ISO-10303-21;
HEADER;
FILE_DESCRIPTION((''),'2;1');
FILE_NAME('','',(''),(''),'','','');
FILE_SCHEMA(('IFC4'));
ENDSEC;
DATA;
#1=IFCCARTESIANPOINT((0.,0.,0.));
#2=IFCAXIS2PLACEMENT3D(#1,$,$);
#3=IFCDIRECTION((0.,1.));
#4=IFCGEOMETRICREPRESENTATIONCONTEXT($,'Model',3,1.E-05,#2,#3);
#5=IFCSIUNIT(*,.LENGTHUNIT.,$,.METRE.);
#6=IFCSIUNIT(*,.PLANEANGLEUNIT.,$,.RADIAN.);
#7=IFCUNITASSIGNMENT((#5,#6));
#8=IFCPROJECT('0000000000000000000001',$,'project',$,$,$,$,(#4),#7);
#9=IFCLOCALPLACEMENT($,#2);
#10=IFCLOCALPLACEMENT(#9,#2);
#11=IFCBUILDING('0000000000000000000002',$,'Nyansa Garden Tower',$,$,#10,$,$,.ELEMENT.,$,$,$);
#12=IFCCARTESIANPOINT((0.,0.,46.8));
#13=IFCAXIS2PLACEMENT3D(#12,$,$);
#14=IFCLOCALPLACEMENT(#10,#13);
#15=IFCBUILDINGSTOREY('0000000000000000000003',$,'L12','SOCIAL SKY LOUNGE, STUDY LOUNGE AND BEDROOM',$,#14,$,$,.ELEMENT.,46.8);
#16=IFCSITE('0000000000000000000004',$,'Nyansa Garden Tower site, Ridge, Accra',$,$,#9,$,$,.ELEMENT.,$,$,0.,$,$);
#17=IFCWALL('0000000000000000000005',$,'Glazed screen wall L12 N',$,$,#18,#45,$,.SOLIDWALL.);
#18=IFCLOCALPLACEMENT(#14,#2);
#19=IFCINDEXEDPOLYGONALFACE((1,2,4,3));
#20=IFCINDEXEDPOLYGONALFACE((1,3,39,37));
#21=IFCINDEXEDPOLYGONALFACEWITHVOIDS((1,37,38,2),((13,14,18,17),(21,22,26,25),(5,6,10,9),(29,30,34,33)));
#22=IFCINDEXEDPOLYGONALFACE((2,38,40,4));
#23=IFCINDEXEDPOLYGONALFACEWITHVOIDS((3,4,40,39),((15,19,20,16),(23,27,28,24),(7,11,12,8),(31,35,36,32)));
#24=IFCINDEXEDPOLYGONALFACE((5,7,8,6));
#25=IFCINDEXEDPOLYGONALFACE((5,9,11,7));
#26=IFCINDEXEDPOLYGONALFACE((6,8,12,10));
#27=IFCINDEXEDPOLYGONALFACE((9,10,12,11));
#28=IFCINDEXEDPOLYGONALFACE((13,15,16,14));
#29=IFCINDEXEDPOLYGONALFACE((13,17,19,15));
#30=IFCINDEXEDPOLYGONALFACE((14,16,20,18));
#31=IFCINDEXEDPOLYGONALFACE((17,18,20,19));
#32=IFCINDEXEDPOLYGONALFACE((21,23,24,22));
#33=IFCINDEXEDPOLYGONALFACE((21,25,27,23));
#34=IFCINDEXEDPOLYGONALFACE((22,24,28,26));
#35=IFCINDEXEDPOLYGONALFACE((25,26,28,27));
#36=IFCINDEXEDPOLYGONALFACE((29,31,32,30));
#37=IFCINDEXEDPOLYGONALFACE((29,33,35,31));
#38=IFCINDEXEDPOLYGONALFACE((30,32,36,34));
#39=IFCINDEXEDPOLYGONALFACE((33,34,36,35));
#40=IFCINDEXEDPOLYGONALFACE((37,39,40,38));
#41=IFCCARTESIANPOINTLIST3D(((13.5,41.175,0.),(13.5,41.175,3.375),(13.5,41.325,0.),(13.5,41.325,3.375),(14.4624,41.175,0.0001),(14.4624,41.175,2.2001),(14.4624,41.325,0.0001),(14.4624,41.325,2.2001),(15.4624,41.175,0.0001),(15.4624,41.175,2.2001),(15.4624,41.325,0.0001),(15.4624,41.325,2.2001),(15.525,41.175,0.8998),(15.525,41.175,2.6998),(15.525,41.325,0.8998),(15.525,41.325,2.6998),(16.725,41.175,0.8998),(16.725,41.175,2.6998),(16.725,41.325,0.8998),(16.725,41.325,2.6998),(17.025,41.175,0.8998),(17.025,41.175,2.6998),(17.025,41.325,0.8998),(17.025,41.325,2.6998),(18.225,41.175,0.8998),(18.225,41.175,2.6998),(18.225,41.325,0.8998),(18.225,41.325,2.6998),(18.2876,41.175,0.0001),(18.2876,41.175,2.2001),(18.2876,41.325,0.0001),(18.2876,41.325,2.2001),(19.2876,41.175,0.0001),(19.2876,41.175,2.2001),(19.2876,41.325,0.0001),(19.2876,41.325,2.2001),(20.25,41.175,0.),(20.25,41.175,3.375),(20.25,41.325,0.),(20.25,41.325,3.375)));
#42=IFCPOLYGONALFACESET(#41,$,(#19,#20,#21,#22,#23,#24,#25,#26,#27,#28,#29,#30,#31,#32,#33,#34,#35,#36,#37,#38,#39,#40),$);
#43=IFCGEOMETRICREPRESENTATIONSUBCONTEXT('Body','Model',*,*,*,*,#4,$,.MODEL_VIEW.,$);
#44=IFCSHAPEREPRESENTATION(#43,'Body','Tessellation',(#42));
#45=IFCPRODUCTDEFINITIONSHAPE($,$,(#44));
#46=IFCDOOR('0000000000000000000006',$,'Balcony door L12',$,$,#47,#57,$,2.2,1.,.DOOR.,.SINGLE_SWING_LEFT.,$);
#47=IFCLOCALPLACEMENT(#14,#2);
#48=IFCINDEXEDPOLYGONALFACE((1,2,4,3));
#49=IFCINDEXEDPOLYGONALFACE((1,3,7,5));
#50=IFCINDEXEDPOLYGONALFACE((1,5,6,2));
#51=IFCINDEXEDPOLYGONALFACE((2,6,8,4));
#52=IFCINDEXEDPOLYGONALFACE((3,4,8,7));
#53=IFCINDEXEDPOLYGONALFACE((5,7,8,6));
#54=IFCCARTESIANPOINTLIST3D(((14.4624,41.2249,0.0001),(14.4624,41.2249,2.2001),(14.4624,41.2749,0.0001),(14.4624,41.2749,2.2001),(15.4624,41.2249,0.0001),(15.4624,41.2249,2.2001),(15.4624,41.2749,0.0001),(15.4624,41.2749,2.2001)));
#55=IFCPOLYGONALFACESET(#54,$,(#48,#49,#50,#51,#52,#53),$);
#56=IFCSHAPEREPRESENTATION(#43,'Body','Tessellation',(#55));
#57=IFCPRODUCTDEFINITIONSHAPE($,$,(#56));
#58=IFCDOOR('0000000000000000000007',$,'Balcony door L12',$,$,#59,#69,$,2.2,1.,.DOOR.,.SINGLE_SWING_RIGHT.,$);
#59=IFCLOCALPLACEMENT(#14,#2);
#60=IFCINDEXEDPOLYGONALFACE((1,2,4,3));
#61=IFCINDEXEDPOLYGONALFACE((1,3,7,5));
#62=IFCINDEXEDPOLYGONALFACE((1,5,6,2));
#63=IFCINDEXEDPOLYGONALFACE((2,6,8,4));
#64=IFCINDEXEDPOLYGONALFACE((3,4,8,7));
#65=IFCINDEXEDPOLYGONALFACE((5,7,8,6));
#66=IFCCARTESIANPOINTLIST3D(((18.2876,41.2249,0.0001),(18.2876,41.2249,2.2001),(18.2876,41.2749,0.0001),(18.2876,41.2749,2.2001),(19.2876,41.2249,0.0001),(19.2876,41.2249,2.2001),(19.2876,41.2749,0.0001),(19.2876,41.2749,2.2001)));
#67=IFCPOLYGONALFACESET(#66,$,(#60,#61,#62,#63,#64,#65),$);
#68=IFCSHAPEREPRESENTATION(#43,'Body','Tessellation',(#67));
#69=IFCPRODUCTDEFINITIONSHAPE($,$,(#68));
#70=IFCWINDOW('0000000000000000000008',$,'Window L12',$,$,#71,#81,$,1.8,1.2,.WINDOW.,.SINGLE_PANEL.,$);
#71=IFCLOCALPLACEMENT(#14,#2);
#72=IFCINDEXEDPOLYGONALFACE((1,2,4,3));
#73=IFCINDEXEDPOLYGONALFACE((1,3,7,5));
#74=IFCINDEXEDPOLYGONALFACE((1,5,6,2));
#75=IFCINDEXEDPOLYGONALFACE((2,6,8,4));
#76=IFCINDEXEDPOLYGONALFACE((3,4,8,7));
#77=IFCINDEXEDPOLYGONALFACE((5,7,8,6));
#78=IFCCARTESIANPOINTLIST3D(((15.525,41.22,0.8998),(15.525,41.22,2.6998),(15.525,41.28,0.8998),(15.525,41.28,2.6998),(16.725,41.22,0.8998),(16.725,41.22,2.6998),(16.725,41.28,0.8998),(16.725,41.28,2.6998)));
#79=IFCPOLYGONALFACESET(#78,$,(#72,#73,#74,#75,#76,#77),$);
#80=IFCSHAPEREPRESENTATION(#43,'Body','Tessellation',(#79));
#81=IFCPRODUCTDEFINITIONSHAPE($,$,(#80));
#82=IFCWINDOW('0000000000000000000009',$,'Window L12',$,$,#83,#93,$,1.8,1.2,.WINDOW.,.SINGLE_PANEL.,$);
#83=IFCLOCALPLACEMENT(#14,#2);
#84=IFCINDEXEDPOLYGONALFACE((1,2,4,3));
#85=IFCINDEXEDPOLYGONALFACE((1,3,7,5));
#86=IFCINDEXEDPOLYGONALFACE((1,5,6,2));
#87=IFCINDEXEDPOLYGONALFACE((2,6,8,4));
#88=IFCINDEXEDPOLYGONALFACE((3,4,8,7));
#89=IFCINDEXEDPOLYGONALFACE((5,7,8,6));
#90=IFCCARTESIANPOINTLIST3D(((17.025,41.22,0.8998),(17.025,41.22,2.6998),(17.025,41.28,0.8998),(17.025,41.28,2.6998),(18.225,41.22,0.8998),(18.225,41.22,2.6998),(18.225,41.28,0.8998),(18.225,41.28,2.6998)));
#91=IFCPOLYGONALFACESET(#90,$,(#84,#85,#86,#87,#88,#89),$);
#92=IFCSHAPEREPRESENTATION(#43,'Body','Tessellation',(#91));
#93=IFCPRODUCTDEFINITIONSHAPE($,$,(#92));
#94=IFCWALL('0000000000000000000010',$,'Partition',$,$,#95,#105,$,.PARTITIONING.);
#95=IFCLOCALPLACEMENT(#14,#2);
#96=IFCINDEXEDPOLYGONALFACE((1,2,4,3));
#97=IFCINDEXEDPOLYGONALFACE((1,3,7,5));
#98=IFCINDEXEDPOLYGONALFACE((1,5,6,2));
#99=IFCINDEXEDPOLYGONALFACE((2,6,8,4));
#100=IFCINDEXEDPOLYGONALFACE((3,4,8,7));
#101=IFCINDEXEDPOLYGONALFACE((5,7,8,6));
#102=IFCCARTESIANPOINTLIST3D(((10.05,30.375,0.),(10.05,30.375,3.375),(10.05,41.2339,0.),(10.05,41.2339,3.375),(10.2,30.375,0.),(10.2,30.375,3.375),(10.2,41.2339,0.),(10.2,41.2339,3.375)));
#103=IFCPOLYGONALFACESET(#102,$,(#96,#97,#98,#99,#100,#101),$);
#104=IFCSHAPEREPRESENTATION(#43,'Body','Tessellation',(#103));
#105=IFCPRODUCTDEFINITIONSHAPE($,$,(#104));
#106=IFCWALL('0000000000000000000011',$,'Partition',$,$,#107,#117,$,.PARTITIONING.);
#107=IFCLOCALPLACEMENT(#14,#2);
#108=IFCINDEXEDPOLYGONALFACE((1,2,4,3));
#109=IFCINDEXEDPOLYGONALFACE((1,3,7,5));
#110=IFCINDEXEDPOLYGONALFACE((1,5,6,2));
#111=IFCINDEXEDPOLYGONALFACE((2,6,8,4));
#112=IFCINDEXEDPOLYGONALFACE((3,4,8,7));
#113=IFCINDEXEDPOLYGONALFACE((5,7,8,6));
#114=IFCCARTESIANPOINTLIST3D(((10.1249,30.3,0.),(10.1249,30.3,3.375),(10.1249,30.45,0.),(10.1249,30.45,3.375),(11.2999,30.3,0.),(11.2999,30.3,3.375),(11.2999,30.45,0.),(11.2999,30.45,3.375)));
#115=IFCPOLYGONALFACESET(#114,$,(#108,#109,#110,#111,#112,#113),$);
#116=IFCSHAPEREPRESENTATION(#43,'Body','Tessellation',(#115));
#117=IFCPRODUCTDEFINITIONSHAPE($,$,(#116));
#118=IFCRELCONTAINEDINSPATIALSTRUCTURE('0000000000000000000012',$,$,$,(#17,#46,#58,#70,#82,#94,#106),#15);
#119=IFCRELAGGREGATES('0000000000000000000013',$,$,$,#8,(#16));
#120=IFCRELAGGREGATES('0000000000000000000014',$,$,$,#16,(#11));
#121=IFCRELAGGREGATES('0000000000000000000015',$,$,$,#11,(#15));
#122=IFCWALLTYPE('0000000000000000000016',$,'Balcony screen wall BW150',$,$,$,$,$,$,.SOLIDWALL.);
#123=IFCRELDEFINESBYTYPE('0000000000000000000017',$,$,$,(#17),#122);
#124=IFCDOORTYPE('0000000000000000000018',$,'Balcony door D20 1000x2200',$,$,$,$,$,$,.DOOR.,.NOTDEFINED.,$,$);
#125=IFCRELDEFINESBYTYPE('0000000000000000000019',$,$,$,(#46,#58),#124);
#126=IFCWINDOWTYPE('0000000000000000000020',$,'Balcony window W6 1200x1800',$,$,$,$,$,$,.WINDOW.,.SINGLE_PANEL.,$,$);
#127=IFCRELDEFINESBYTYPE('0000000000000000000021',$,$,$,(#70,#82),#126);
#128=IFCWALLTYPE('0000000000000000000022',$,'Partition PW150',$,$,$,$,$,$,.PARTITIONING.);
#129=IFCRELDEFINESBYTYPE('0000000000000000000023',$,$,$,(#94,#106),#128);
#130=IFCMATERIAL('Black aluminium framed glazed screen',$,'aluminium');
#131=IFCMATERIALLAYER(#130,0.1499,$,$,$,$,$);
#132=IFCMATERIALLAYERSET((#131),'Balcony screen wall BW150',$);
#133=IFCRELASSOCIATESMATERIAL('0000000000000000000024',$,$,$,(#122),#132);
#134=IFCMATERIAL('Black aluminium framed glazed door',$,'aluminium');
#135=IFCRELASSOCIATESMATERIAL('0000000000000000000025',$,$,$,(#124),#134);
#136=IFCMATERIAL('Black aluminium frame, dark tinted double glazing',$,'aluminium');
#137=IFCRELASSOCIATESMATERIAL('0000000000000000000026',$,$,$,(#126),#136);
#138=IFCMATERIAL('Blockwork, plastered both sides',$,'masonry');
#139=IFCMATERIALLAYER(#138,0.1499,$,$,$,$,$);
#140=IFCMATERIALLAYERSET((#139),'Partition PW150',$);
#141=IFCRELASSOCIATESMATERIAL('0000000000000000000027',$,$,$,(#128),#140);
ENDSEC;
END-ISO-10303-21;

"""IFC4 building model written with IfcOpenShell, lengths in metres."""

from ifc_helpers import new_model, si_unit, direction, frame, frame_2d, origin, place, context, subcontext, project, spatial, rectangle, extrude, material, layer, layer_set, type_object, element, fill, save


model = new_model("IFC4")

# Units and contexts
model_context = context("Model", 3, precision=1e-05, world=origin(), true_north=direction((0.0, 1.0)))
body_context = subcontext(model_context, "Body", "Model", "MODEL_VIEW")
ifc_project = project(units=[si_unit("LENGTHUNIT", "METRE"), si_unit("PLANEANGLEUNIT", "RADIAN")], contexts=[model_context])

# Site, building, storey
site_placement = place(None, origin())
site = spatial("IfcSite", under=ifc_project, at=site_placement, Name="Nyansa Garden Tower site, Ridge, Accra", CompositionType="ELEMENT", RefElevation=0.0)
building_placement = place(site_placement, origin())
building = spatial("IfcBuilding", under=site, at=building_placement, Name="Nyansa Garden Tower", CompositionType="ELEMENT")
storey_placement = place(building_placement, frame((0.0, 0.0, 46.8)))
storey = spatial("IfcBuildingStorey", under=building, at=storey_placement, Name="L12", Description="SOCIAL SKY LOUNGE, STUDY LOUNGE AND BEDROOM", CompositionType="ELEMENT", Elevation=46.8)

# Wall, openings, doors, windows
ifc_material_1 = material(Name="Black aluminium framed glazed screen", Category="aluminium")
ifc_layer_1 = layer(ifc_material_1, 0.1499)
ifc_layer_set_1 = layer_set([ifc_layer_1], Name="Balcony screen wall BW150")
wall_type_1 = type_object("IfcWallType", Name="Balcony screen wall BW150", PredefinedType="SOLIDWALL", material=ifc_layer_set_1)
wall_1_placement = place(storey_placement, frame((13.5, 41.25, 0.0), z_axis=(0.0, 0.0, 1.0), x_axis=(1.0, 0.0, 0.0)))
wall_1 = element("IfcWall", 1, at=wall_1_placement, inside=storey, type_object=wall_type_1, Name="Glazed screen wall L12 N", PredefinedType="SOLIDWALL", context=body_context, shape_type="SweptSolid", body=[
    extrude(rectangle(XDim=6.75, YDim=0.1499, at=frame_2d((3.375, 0.0))), origin(), (0.0, 0.0, 1.0), 3.375),
])
opening_1_placement = place(wall_1_placement, frame((0.9624, 0.0, 0.0)))
opening_1 = element("IfcOpeningElement", 2, at=opening_1_placement, cuts=wall_1, PredefinedType="OPENING", context=body_context, shape_type="SweptSolid", body=[
    extrude(rectangle(XDim=1.0, YDim=2.2, at=frame_2d((0.5, 1.1001))), frame((0.0, 0.085, 0.0), z_axis=(0.0, -1.0, 0.0), x_axis=(1.0, 0.0, 0.0)), (0.0, 0.0, 1.0), 0.1699),
])
opening_2_placement = place(wall_1_placement, frame((2.0249, 0.0, 0.8999)))
opening_2 = element("IfcOpeningElement", 3, at=opening_2_placement, cuts=wall_1, PredefinedType="OPENING", context=body_context, shape_type="SweptSolid", body=[
    extrude(rectangle(XDim=1.2, YDim=1.8, at=frame_2d((0.6001, 0.8999))), frame((0.0, 0.085, 0.0), z_axis=(0.0, -1.0, 0.0), x_axis=(1.0, 0.0, 0.0)), (0.0, 0.0, 1.0), 0.1699),
])
opening_3_placement = place(wall_1_placement, frame((4.7876, 0.0, 0.0)))
opening_3 = element("IfcOpeningElement", 4, at=opening_3_placement, cuts=wall_1, PredefinedType="OPENING", context=body_context, shape_type="SweptSolid", body=[
    extrude(rectangle(XDim=1.0, YDim=2.2, at=frame_2d((0.5, 1.1001))), frame((0.0, 0.085, 0.0), z_axis=(0.0, -1.0, 0.0), x_axis=(1.0, 0.0, 0.0)), (0.0, 0.0, 1.0), 0.1699),
])
opening_4_placement = place(wall_1_placement, frame((3.5249, 0.0, 0.8999)))
opening_4 = element("IfcOpeningElement", 5, at=opening_4_placement, cuts=wall_1, PredefinedType="OPENING", context=body_context, shape_type="SweptSolid", body=[
    extrude(rectangle(XDim=1.2, YDim=1.8, at=frame_2d((0.6001, 0.8999))), frame((0.0, 0.085, 0.0), z_axis=(0.0, -1.0, 0.0), x_axis=(1.0, 0.0, 0.0)), (0.0, 0.0, 1.0), 0.1699),
])
ifc_material_2 = material(Name="Black aluminium framed glazed door", Category="aluminium")
door_type_1 = type_object("IfcDoorType", Name="Balcony door D20 1000x2200", OperationType="NOTDEFINED", PredefinedType="DOOR", material=ifc_material_2)
door_1_placement = place(opening_1_placement, origin())
door_1 = element("IfcDoor", 6, at=door_1_placement, inside=storey, type_object=door_type_1, Name="Balcony door L12", OperationType="SINGLE_SWING_LEFT", OverallHeight=2.2, OverallWidth=1.0, PredefinedType="DOOR", context=body_context, shape_type="SweptSolid", body=[
    extrude(rectangle(XDim=1.0, YDim=2.2, at=frame_2d((0.5, 1.1001))), frame((0.0, 0.0249, 0.0), z_axis=(0.0, -1.0, 0.0), x_axis=(1.0, 0.0, 0.0)), (0.0, 0.0, 1.0), 0.05),
])
fill(opening_1, door_1)
door_2_placement = place(opening_3_placement, origin())
door_2 = element("IfcDoor", 7, at=door_2_placement, inside=storey, type_object=door_type_1, Name="Balcony door L12", OperationType="SINGLE_SWING_RIGHT", OverallHeight=2.2, OverallWidth=1.0, PredefinedType="DOOR", context=body_context, shape_type="SweptSolid", body=[
    extrude(rectangle(XDim=1.0, YDim=2.2, at=frame_2d((0.5, 1.1001))), frame((0.0, 0.0249, 0.0), z_axis=(0.0, -1.0, 0.0), x_axis=(1.0, 0.0, 0.0)), (0.0, 0.0, 1.0), 0.05),
])
fill(opening_3, door_2)
ifc_material_3 = material(Name="Black aluminium frame, dark tinted double glazing", Category="aluminium")
window_type = type_object("IfcWindowType", Name="Balcony window W6 1200x1800", PartitioningType="SINGLE_PANEL", PredefinedType="WINDOW", material=ifc_material_3)
window_1_placement = place(opening_2_placement, origin())
window_1 = element("IfcWindow", 8, at=window_1_placement, inside=storey, type_object=window_type, Name="Window L12", OverallHeight=1.8, OverallWidth=1.2, PartitioningType="SINGLE_PANEL", PredefinedType="WINDOW", context=body_context, shape_type="SweptSolid", body=[
    extrude(rectangle(XDim=1.2, YDim=1.8, at=frame_2d((0.6001, 0.8999))), frame((0.0, 0.03, 0.0), z_axis=(0.0, -1.0, 0.0), x_axis=(1.0, 0.0, 0.0)), (0.0, 0.0, 1.0), 0.0601),
])
fill(opening_2, window_1)
window_2_placement = place(opening_4_placement, origin())
window_2 = element("IfcWindow", 9, at=window_2_placement, inside=storey, type_object=window_type, Name="Window L12", OverallHeight=1.8, OverallWidth=1.2, PartitioningType="SINGLE_PANEL", PredefinedType="WINDOW", context=body_context, shape_type="SweptSolid", body=[
    extrude(rectangle(XDim=1.2, YDim=1.8, at=frame_2d((0.6001, 0.8999))), frame((0.0, 0.03, 0.0), z_axis=(0.0, -1.0, 0.0), x_axis=(1.0, 0.0, 0.0)), (0.0, 0.0, 1.0), 0.0601),
])
fill(opening_4, window_2)

# Walls
ifc_material_4 = material(Name="Blockwork, plastered both sides", Category="masonry")
ifc_layer_2 = layer(ifc_material_4, 0.1499)
ifc_layer_set_2 = layer_set([ifc_layer_2], Name="Partition PW150")
wall_type_2 = type_object("IfcWallType", Name="Partition PW150", PredefinedType="PARTITIONING", material=ifc_layer_set_2)
wall_2_placement = place(storey_placement, frame((10.125, 30.375, 0.0), z_axis=(0.0, 0.0, 1.0), x_axis=(0.0, 1.0, 0.0)))
element("IfcWall", 10, at=wall_2_placement, inside=storey, type_object=wall_type_2, Name="Partition", PredefinedType="PARTITIONING", context=body_context, shape_type="SweptSolid", body=[
    extrude(rectangle(XDim=10.8589, YDim=0.1499, at=frame_2d((5.4294, 0.0))), origin(), (0.0, 0.0, 1.0), 3.375),
])
wall_3_placement = place(storey_placement, frame((10.125, 30.375, 0.0), z_axis=(0.0, 0.0, 1.0), x_axis=(1.0, 0.0, 0.0)))
element("IfcWall", 11, at=wall_3_placement, inside=storey, type_object=wall_type_2, Name="Partition", PredefinedType="PARTITIONING", context=body_context, shape_type="SweptSolid", body=[
    extrude(rectangle(XDim=1.175, YDim=0.1499, at=frame_2d((0.5874, 0.0))), origin(), (0.0, 0.0, 1.0), 3.375),
])

save(model, "model.ifc")
